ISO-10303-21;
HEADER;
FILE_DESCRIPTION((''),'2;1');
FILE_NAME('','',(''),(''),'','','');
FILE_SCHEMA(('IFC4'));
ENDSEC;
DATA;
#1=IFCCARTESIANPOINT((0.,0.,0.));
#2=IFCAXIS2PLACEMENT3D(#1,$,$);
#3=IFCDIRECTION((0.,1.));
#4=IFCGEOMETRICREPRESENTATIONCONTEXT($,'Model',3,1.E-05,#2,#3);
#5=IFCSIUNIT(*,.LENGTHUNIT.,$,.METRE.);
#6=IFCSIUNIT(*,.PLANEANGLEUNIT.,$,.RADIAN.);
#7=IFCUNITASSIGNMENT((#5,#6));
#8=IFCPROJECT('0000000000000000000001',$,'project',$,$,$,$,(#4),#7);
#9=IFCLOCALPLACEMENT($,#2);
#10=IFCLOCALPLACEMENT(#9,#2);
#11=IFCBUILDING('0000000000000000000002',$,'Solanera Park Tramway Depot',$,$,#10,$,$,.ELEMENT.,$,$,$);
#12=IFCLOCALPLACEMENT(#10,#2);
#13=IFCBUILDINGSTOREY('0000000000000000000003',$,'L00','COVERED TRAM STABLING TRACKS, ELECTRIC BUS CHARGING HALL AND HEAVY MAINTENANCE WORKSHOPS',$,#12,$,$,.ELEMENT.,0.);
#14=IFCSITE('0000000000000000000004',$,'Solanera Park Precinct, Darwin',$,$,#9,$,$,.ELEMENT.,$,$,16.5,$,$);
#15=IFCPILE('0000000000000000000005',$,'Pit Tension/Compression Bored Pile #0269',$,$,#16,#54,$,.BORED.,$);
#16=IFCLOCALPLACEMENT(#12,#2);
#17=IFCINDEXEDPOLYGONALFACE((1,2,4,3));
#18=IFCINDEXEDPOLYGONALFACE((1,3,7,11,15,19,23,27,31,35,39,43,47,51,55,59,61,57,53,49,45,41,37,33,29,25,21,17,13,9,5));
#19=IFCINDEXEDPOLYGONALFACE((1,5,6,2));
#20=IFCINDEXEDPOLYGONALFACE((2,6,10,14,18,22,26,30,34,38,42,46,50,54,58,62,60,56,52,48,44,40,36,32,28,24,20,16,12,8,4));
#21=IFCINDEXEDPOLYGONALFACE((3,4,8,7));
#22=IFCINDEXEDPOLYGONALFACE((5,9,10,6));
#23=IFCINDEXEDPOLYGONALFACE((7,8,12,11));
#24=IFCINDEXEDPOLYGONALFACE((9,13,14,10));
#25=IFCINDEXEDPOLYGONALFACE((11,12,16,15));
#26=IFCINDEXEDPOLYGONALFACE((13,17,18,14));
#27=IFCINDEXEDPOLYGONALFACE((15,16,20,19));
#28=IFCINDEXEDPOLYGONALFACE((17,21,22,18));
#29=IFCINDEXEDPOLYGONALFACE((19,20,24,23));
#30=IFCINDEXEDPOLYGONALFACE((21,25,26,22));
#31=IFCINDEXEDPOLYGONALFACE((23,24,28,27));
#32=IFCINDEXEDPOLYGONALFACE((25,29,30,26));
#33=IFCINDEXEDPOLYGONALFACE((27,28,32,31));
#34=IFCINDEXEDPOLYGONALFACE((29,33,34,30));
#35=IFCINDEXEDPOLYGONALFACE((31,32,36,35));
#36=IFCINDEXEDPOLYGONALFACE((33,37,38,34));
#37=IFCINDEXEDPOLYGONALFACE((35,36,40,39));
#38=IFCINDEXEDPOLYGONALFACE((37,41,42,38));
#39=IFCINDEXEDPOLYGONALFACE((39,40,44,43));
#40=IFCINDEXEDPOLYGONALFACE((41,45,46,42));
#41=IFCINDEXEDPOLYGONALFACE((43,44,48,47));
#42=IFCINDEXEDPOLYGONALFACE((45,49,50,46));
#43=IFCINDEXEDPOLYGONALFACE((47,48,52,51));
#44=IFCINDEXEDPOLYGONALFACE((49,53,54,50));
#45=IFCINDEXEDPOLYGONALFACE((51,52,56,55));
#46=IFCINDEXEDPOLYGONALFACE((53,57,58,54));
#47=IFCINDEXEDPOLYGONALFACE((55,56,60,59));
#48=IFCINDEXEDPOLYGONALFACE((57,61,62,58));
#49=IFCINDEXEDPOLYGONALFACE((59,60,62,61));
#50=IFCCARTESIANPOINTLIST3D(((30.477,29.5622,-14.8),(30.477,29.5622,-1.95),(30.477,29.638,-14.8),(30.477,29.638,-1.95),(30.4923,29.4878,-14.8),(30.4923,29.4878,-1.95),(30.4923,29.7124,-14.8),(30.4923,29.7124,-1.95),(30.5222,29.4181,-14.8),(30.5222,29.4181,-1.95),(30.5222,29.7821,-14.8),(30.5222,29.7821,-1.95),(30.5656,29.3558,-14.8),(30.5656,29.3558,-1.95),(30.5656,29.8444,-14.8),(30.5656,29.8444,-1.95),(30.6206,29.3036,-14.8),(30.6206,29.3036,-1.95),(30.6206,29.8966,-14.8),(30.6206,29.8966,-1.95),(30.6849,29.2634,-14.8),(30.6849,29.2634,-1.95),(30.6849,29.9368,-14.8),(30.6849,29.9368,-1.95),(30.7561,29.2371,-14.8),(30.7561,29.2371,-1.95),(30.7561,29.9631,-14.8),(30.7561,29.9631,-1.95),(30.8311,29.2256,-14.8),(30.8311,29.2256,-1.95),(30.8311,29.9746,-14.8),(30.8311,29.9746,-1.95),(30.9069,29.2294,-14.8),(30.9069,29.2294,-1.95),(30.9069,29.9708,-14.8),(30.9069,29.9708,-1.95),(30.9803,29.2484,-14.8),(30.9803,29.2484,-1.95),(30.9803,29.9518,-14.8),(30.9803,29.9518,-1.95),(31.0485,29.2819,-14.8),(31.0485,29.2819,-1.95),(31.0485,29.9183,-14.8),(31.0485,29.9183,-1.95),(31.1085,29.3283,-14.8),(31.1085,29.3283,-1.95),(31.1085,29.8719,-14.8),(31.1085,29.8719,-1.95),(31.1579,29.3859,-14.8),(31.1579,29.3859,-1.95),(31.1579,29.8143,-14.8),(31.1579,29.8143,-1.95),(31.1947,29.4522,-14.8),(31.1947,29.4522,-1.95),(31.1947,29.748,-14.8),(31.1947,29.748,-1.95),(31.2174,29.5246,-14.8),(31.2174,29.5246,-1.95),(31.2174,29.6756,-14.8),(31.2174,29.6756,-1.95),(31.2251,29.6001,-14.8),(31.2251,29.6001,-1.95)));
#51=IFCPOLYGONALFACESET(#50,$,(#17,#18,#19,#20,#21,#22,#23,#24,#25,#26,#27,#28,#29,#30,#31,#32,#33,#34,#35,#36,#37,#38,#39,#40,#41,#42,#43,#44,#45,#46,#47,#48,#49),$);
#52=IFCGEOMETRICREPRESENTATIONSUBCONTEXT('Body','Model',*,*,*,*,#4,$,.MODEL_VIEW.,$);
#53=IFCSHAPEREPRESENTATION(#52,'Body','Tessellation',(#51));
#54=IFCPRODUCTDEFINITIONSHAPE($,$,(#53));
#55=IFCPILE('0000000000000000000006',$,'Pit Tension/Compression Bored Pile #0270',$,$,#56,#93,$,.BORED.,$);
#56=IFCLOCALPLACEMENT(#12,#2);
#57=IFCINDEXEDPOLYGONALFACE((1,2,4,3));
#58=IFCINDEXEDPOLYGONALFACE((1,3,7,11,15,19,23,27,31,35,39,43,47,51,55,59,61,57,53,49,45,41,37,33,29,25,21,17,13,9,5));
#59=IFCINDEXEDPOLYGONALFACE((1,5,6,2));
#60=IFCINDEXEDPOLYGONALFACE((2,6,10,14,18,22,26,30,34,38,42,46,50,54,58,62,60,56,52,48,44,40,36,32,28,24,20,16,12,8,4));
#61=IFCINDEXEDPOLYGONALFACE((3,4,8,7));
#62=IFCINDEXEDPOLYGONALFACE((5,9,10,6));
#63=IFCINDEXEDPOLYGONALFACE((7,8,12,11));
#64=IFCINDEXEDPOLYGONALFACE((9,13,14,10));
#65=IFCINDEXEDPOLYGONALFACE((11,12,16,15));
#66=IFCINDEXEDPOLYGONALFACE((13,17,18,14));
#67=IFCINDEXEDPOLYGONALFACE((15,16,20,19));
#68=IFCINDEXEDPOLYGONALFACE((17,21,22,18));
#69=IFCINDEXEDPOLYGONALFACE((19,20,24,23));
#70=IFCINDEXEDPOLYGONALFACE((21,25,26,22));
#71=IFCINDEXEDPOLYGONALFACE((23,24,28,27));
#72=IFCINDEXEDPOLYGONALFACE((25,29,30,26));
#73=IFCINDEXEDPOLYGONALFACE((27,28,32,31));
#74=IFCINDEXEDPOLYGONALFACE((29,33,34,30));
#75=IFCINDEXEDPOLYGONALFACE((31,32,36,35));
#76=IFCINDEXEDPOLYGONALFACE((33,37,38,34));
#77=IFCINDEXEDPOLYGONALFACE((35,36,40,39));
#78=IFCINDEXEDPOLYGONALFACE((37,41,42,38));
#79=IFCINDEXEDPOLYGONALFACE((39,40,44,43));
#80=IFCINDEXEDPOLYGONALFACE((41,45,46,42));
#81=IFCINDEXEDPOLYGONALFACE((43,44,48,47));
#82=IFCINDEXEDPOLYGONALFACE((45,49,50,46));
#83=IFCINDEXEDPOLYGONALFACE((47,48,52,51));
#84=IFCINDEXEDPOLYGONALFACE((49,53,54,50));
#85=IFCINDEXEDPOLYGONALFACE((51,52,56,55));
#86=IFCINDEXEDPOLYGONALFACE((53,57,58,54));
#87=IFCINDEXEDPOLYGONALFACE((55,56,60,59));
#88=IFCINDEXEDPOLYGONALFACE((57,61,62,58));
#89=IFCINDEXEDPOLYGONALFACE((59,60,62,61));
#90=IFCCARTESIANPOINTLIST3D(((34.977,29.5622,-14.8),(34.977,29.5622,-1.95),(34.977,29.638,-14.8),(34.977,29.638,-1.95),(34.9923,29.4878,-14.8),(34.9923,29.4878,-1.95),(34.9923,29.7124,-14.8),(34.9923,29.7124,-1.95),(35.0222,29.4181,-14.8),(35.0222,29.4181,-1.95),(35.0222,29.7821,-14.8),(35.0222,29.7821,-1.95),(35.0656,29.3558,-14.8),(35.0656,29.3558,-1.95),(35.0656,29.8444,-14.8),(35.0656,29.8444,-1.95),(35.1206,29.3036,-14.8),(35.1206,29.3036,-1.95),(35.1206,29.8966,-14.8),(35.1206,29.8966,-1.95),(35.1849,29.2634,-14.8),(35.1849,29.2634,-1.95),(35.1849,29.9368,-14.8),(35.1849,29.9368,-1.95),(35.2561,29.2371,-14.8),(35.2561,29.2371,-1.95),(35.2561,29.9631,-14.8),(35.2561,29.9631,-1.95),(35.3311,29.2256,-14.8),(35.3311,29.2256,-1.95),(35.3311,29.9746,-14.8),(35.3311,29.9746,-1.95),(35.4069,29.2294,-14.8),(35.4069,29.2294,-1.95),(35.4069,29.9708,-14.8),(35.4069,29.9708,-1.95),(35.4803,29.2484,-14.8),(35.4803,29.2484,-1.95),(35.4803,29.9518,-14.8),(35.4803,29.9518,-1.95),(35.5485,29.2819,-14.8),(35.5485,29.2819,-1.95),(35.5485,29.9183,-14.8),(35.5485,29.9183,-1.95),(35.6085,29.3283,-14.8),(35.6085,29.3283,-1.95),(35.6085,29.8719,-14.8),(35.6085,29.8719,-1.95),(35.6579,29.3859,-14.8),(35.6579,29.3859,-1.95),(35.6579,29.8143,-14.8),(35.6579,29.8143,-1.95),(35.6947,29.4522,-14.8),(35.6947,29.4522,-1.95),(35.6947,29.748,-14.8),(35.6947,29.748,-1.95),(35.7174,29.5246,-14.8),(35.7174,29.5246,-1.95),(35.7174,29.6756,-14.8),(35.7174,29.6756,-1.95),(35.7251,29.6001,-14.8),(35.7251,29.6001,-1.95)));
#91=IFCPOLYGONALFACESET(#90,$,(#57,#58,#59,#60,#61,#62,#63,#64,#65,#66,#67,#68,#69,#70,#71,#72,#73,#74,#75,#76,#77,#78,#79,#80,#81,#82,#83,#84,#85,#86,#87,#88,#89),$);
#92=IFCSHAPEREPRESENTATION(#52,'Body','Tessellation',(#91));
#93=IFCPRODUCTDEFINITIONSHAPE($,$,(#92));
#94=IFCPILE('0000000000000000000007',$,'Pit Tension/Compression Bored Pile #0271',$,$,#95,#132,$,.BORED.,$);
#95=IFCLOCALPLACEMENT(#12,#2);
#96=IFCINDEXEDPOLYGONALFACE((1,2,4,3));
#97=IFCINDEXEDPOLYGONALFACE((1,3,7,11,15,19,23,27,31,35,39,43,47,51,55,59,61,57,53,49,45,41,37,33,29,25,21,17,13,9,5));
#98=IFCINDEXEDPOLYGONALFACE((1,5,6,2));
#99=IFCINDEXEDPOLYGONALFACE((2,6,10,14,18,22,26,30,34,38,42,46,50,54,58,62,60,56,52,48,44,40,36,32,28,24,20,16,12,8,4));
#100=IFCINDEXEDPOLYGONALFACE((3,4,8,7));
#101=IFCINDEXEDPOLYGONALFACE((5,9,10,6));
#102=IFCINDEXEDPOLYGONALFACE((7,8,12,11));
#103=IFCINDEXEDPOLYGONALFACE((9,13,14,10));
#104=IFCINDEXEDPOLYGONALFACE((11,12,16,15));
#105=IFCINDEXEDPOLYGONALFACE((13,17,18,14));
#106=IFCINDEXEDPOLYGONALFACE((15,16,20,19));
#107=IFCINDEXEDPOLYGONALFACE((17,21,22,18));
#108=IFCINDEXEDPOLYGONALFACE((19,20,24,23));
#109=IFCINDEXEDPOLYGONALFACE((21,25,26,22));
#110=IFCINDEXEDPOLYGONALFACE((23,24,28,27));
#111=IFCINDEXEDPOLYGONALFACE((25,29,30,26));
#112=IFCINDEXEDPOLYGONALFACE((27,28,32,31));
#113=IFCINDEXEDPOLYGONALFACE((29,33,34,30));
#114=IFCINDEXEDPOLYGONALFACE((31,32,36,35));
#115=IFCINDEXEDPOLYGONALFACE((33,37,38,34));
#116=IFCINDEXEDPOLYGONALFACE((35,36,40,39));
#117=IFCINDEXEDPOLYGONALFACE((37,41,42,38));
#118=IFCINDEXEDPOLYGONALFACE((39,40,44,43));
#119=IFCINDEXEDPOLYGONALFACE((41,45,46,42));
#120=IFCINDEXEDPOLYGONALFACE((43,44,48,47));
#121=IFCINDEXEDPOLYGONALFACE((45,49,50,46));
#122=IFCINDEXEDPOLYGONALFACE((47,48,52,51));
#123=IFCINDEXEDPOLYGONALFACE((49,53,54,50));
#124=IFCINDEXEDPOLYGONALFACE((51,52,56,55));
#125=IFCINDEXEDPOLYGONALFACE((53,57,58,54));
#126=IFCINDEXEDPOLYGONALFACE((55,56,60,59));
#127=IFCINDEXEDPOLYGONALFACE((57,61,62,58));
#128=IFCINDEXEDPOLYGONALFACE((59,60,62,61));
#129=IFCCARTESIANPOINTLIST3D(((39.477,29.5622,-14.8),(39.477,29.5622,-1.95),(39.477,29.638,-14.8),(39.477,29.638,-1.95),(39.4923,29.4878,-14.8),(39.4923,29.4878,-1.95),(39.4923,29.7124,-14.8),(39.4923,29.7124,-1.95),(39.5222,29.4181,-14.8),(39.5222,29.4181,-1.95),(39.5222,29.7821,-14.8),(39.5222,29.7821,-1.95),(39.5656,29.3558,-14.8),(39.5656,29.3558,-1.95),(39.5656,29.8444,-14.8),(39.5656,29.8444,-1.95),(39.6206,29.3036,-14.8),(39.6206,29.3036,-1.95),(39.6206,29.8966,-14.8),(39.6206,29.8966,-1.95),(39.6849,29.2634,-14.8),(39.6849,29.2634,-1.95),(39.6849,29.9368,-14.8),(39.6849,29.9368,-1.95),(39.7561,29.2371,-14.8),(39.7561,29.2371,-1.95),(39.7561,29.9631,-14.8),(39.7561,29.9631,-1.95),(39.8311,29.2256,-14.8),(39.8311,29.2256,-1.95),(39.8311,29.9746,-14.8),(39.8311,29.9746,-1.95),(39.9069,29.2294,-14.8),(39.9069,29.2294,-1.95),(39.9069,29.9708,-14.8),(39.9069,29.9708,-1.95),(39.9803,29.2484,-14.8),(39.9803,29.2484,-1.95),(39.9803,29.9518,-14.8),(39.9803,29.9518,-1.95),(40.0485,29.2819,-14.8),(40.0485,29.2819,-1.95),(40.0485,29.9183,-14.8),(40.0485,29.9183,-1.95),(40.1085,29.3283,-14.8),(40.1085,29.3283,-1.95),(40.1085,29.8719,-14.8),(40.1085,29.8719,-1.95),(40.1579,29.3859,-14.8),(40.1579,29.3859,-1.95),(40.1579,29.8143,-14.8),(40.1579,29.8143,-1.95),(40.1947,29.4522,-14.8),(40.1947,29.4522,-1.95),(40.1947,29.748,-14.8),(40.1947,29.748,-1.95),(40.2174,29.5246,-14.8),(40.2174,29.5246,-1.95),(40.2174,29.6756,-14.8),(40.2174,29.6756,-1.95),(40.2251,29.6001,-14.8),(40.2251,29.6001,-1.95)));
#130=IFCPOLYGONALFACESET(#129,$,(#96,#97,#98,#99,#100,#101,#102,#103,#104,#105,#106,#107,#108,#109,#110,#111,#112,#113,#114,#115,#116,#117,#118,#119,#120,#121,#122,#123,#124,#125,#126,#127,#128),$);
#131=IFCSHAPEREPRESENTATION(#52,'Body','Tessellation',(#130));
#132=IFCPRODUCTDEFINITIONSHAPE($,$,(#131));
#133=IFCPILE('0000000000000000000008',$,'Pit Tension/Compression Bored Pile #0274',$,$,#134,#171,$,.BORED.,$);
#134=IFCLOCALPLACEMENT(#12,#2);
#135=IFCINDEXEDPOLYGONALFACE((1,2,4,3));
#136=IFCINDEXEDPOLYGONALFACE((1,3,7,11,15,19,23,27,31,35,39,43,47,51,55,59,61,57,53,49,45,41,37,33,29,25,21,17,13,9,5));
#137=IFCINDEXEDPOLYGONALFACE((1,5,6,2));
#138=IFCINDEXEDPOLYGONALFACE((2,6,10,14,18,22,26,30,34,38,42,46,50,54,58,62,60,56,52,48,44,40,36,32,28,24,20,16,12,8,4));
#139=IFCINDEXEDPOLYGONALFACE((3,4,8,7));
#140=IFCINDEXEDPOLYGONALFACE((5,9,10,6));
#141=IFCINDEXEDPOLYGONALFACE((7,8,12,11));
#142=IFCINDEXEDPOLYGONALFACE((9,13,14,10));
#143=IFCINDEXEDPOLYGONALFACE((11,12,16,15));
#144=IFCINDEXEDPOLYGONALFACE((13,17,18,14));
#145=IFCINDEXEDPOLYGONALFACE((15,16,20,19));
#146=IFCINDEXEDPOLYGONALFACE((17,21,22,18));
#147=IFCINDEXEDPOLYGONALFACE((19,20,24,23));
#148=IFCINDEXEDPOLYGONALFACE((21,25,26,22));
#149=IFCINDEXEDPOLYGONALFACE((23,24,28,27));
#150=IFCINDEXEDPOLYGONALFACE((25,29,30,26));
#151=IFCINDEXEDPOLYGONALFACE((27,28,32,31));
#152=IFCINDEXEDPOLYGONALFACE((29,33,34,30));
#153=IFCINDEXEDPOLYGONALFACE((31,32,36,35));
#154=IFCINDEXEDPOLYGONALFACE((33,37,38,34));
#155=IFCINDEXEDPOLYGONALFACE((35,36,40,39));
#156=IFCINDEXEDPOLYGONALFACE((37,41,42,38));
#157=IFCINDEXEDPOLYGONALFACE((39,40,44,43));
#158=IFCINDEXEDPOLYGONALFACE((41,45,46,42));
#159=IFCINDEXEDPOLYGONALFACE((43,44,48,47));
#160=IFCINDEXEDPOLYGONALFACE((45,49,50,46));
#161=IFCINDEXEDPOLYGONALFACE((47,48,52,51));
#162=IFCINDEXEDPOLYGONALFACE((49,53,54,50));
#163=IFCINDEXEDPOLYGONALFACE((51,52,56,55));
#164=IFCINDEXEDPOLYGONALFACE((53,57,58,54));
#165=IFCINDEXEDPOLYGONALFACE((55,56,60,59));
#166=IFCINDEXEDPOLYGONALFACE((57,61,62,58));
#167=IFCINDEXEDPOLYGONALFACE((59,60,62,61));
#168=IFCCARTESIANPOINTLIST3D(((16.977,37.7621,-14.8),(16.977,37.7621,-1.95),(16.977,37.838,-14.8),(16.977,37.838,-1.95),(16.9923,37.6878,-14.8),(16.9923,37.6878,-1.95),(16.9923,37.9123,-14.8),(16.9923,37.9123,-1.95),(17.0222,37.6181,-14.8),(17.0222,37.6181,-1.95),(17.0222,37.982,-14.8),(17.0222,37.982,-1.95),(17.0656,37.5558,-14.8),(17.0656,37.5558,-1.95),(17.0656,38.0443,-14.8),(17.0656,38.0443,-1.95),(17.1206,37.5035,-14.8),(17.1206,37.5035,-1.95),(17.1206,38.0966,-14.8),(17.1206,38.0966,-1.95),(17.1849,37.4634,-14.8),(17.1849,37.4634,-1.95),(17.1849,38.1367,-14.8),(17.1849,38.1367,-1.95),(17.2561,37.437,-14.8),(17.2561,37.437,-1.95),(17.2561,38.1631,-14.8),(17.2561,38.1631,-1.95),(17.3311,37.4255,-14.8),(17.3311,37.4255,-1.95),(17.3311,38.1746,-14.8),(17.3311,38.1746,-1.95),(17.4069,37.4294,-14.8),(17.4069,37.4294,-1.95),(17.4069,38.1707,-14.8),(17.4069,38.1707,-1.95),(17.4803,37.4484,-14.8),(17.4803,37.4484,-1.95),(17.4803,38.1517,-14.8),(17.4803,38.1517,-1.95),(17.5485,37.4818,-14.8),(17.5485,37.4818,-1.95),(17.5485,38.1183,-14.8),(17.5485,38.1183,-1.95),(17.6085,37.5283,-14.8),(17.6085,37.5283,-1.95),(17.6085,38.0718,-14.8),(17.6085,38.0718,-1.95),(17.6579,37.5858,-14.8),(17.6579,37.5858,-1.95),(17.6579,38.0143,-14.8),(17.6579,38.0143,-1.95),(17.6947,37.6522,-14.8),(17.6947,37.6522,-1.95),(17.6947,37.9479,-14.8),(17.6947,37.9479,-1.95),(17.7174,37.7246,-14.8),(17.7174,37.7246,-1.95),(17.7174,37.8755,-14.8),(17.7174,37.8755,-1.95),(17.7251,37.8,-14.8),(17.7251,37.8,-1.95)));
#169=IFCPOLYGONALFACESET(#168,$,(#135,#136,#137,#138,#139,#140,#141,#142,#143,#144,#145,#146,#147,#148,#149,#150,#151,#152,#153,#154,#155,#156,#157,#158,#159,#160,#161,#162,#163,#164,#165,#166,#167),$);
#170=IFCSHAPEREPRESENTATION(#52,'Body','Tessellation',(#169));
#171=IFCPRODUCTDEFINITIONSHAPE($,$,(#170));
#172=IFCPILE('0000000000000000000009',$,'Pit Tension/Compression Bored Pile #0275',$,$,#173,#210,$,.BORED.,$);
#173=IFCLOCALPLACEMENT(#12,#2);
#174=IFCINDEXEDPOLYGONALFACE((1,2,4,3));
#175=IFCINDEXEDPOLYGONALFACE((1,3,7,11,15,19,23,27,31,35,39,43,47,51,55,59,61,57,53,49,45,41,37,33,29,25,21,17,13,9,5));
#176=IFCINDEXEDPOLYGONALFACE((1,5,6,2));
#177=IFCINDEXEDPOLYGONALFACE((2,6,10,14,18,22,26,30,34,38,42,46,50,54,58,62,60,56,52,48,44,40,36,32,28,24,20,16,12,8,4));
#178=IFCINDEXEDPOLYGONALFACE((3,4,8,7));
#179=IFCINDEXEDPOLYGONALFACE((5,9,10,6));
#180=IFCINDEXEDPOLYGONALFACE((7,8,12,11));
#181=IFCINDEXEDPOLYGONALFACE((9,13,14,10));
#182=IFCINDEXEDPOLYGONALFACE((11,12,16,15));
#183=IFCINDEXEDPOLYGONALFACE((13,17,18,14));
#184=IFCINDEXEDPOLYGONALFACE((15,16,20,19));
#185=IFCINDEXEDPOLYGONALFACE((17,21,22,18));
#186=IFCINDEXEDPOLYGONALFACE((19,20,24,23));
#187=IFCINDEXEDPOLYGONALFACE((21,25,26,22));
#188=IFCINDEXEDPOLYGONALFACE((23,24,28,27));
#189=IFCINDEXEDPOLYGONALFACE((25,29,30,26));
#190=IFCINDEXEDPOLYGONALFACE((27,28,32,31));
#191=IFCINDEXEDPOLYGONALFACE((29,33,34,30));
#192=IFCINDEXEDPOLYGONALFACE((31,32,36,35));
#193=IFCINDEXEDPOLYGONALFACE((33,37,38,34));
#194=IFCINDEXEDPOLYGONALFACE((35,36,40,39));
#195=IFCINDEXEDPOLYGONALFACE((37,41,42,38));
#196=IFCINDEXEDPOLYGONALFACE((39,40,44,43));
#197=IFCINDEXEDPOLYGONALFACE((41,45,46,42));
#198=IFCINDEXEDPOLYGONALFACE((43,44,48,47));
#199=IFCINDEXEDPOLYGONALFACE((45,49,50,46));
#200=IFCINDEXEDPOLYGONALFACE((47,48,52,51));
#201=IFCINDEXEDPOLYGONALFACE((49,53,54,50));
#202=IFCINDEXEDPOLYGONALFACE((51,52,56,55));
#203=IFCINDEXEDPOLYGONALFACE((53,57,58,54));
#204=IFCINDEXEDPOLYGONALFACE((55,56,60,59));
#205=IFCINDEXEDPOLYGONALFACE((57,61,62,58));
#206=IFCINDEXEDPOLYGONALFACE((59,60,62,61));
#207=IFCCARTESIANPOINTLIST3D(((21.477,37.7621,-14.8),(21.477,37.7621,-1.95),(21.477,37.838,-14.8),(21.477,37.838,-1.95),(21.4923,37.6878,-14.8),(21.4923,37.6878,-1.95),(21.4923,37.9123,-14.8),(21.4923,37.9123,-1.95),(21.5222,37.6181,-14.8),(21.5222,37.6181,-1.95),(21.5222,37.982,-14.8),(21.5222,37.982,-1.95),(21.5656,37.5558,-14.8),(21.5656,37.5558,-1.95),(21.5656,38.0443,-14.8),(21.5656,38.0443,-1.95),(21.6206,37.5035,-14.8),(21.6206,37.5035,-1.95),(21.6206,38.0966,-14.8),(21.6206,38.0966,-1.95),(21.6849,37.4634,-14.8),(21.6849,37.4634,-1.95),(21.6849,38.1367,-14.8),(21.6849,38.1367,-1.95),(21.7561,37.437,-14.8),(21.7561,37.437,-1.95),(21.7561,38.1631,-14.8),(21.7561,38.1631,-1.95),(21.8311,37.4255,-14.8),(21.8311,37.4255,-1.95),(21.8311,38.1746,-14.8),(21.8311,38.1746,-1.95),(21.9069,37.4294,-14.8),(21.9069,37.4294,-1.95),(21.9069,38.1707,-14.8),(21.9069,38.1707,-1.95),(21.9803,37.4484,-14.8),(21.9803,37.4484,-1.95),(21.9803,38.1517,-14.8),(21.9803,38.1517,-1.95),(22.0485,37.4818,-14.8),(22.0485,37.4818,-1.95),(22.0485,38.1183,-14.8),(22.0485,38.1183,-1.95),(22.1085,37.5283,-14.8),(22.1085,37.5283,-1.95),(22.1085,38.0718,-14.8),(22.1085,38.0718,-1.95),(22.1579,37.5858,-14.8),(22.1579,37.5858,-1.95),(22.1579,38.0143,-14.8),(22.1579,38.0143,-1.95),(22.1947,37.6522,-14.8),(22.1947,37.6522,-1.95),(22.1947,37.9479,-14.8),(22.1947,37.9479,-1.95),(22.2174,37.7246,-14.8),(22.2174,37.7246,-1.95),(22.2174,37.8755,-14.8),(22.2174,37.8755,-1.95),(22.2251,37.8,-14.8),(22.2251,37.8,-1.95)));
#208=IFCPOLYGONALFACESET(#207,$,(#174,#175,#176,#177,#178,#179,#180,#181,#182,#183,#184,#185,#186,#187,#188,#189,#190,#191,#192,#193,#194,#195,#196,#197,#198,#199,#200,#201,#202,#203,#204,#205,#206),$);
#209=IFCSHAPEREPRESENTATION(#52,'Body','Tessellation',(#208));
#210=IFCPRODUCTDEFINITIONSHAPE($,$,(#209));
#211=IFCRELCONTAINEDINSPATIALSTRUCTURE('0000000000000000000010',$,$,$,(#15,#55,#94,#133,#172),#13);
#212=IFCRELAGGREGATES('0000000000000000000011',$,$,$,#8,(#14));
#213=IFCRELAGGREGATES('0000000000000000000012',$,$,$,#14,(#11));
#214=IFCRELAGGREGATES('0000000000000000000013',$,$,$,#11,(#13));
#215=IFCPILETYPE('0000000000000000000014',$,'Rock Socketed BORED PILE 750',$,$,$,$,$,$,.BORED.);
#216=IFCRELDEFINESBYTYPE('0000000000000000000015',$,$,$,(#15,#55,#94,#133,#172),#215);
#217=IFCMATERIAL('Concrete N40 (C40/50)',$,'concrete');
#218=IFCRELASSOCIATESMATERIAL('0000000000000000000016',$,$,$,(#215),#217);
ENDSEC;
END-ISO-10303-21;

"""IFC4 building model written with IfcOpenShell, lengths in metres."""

from ifc_helpers import new_model, si_unit, direction, frame, origin, origin_2d, place, context, subcontext, project, spatial, circle, extrude, material, material_profile, profile_set, type_object, element, save


model = new_model("IFC4")

# Units and contexts
model_context = context("Model", 3, precision=1e-05, world=origin(), true_north=direction((0.0, 1.0)))
body_context = subcontext(model_context, "Body", "Model", "MODEL_VIEW")
ifc_project = project(units=[si_unit("LENGTHUNIT", "METRE"), si_unit("PLANEANGLEUNIT", "RADIAN")], contexts=[model_context])

# Site, building, storey
site_placement = place(None, origin())
site = spatial("IfcSite", under=ifc_project, at=site_placement, Name="Solanera Park Precinct, Darwin", CompositionType="ELEMENT", RefElevation=16.5)
building_placement = place(site_placement, origin())
building = spatial("IfcBuilding", under=site, at=building_placement, Name="Solanera Park Tramway Depot", CompositionType="ELEMENT")
storey_placement = place(building_placement, origin())
storey = spatial("IfcBuildingStorey", under=building, at=storey_placement, Name="L00", Description="COVERED TRAM STABLING TRACKS, ELECTRIC BUS CHARGING HALL AND HEAVY MAINTENANCE WORKSHOPS", CompositionType="ELEMENT", Elevation=0.0)

# Piles
ifc_material_1 = material(Name="Concrete N40 (C40/50)", Category="concrete")
ifc_material_profile_1 = material_profile(ifc_material_1, circle(Radius=0.375, at=origin_2d()), Name="BORED PILE 750")
ifc_profile_set_1 = profile_set([ifc_material_profile_1], Name="Concrete N40 (C40/50)")
pile_type = type_object("IfcPileType", Name="Rock Socketed BORED PILE 750", PredefinedType="BORED", material=ifc_profile_set_1)
for number, where, z_axis, x_axis, name in (
    (1, (30.8501, 29.6001, -1.95), (0.0, 0.0, -1.0), (1.0, 0.0, 0.0), "Pit Tension/Compression Bored Pile #0269"),
    (2, (35.3501, 29.6001, -1.95), (0.0, 0.0, -1.0), (1.0, 0.0, 0.0), "Pit Tension/Compression Bored Pile #0270"),
    (3, (39.8501, 29.6001, -1.95), (0.0, 0.0, -1.0), (1.0, 0.0, 0.0), "Pit Tension/Compression Bored Pile #0271"),
    (4, (17.3501, 37.8, -1.95), (0.0, 0.0, -1.0), (1.0, 0.0, 0.0), "Pit Tension/Compression Bored Pile #0274"),
    (5, (21.8501, 37.8, -1.95), (0.0, 0.0, -1.0), (1.0, 0.0, 0.0), "Pit Tension/Compression Bored Pile #0275"),
):
    element("IfcPile", number, at=place(storey_placement, frame(where, z_axis=z_axis, x_axis=x_axis)), inside=storey, type_object=pile_type, Name=name, PredefinedType="BORED", context=body_context, shape_type="SweptSolid", body=[
        extrude(circle(Radius=0.375, at=origin_2d()), origin(), (0.0, 0.0, 1.0), 12.8501),
    ])

save(model, "model.ifc")
